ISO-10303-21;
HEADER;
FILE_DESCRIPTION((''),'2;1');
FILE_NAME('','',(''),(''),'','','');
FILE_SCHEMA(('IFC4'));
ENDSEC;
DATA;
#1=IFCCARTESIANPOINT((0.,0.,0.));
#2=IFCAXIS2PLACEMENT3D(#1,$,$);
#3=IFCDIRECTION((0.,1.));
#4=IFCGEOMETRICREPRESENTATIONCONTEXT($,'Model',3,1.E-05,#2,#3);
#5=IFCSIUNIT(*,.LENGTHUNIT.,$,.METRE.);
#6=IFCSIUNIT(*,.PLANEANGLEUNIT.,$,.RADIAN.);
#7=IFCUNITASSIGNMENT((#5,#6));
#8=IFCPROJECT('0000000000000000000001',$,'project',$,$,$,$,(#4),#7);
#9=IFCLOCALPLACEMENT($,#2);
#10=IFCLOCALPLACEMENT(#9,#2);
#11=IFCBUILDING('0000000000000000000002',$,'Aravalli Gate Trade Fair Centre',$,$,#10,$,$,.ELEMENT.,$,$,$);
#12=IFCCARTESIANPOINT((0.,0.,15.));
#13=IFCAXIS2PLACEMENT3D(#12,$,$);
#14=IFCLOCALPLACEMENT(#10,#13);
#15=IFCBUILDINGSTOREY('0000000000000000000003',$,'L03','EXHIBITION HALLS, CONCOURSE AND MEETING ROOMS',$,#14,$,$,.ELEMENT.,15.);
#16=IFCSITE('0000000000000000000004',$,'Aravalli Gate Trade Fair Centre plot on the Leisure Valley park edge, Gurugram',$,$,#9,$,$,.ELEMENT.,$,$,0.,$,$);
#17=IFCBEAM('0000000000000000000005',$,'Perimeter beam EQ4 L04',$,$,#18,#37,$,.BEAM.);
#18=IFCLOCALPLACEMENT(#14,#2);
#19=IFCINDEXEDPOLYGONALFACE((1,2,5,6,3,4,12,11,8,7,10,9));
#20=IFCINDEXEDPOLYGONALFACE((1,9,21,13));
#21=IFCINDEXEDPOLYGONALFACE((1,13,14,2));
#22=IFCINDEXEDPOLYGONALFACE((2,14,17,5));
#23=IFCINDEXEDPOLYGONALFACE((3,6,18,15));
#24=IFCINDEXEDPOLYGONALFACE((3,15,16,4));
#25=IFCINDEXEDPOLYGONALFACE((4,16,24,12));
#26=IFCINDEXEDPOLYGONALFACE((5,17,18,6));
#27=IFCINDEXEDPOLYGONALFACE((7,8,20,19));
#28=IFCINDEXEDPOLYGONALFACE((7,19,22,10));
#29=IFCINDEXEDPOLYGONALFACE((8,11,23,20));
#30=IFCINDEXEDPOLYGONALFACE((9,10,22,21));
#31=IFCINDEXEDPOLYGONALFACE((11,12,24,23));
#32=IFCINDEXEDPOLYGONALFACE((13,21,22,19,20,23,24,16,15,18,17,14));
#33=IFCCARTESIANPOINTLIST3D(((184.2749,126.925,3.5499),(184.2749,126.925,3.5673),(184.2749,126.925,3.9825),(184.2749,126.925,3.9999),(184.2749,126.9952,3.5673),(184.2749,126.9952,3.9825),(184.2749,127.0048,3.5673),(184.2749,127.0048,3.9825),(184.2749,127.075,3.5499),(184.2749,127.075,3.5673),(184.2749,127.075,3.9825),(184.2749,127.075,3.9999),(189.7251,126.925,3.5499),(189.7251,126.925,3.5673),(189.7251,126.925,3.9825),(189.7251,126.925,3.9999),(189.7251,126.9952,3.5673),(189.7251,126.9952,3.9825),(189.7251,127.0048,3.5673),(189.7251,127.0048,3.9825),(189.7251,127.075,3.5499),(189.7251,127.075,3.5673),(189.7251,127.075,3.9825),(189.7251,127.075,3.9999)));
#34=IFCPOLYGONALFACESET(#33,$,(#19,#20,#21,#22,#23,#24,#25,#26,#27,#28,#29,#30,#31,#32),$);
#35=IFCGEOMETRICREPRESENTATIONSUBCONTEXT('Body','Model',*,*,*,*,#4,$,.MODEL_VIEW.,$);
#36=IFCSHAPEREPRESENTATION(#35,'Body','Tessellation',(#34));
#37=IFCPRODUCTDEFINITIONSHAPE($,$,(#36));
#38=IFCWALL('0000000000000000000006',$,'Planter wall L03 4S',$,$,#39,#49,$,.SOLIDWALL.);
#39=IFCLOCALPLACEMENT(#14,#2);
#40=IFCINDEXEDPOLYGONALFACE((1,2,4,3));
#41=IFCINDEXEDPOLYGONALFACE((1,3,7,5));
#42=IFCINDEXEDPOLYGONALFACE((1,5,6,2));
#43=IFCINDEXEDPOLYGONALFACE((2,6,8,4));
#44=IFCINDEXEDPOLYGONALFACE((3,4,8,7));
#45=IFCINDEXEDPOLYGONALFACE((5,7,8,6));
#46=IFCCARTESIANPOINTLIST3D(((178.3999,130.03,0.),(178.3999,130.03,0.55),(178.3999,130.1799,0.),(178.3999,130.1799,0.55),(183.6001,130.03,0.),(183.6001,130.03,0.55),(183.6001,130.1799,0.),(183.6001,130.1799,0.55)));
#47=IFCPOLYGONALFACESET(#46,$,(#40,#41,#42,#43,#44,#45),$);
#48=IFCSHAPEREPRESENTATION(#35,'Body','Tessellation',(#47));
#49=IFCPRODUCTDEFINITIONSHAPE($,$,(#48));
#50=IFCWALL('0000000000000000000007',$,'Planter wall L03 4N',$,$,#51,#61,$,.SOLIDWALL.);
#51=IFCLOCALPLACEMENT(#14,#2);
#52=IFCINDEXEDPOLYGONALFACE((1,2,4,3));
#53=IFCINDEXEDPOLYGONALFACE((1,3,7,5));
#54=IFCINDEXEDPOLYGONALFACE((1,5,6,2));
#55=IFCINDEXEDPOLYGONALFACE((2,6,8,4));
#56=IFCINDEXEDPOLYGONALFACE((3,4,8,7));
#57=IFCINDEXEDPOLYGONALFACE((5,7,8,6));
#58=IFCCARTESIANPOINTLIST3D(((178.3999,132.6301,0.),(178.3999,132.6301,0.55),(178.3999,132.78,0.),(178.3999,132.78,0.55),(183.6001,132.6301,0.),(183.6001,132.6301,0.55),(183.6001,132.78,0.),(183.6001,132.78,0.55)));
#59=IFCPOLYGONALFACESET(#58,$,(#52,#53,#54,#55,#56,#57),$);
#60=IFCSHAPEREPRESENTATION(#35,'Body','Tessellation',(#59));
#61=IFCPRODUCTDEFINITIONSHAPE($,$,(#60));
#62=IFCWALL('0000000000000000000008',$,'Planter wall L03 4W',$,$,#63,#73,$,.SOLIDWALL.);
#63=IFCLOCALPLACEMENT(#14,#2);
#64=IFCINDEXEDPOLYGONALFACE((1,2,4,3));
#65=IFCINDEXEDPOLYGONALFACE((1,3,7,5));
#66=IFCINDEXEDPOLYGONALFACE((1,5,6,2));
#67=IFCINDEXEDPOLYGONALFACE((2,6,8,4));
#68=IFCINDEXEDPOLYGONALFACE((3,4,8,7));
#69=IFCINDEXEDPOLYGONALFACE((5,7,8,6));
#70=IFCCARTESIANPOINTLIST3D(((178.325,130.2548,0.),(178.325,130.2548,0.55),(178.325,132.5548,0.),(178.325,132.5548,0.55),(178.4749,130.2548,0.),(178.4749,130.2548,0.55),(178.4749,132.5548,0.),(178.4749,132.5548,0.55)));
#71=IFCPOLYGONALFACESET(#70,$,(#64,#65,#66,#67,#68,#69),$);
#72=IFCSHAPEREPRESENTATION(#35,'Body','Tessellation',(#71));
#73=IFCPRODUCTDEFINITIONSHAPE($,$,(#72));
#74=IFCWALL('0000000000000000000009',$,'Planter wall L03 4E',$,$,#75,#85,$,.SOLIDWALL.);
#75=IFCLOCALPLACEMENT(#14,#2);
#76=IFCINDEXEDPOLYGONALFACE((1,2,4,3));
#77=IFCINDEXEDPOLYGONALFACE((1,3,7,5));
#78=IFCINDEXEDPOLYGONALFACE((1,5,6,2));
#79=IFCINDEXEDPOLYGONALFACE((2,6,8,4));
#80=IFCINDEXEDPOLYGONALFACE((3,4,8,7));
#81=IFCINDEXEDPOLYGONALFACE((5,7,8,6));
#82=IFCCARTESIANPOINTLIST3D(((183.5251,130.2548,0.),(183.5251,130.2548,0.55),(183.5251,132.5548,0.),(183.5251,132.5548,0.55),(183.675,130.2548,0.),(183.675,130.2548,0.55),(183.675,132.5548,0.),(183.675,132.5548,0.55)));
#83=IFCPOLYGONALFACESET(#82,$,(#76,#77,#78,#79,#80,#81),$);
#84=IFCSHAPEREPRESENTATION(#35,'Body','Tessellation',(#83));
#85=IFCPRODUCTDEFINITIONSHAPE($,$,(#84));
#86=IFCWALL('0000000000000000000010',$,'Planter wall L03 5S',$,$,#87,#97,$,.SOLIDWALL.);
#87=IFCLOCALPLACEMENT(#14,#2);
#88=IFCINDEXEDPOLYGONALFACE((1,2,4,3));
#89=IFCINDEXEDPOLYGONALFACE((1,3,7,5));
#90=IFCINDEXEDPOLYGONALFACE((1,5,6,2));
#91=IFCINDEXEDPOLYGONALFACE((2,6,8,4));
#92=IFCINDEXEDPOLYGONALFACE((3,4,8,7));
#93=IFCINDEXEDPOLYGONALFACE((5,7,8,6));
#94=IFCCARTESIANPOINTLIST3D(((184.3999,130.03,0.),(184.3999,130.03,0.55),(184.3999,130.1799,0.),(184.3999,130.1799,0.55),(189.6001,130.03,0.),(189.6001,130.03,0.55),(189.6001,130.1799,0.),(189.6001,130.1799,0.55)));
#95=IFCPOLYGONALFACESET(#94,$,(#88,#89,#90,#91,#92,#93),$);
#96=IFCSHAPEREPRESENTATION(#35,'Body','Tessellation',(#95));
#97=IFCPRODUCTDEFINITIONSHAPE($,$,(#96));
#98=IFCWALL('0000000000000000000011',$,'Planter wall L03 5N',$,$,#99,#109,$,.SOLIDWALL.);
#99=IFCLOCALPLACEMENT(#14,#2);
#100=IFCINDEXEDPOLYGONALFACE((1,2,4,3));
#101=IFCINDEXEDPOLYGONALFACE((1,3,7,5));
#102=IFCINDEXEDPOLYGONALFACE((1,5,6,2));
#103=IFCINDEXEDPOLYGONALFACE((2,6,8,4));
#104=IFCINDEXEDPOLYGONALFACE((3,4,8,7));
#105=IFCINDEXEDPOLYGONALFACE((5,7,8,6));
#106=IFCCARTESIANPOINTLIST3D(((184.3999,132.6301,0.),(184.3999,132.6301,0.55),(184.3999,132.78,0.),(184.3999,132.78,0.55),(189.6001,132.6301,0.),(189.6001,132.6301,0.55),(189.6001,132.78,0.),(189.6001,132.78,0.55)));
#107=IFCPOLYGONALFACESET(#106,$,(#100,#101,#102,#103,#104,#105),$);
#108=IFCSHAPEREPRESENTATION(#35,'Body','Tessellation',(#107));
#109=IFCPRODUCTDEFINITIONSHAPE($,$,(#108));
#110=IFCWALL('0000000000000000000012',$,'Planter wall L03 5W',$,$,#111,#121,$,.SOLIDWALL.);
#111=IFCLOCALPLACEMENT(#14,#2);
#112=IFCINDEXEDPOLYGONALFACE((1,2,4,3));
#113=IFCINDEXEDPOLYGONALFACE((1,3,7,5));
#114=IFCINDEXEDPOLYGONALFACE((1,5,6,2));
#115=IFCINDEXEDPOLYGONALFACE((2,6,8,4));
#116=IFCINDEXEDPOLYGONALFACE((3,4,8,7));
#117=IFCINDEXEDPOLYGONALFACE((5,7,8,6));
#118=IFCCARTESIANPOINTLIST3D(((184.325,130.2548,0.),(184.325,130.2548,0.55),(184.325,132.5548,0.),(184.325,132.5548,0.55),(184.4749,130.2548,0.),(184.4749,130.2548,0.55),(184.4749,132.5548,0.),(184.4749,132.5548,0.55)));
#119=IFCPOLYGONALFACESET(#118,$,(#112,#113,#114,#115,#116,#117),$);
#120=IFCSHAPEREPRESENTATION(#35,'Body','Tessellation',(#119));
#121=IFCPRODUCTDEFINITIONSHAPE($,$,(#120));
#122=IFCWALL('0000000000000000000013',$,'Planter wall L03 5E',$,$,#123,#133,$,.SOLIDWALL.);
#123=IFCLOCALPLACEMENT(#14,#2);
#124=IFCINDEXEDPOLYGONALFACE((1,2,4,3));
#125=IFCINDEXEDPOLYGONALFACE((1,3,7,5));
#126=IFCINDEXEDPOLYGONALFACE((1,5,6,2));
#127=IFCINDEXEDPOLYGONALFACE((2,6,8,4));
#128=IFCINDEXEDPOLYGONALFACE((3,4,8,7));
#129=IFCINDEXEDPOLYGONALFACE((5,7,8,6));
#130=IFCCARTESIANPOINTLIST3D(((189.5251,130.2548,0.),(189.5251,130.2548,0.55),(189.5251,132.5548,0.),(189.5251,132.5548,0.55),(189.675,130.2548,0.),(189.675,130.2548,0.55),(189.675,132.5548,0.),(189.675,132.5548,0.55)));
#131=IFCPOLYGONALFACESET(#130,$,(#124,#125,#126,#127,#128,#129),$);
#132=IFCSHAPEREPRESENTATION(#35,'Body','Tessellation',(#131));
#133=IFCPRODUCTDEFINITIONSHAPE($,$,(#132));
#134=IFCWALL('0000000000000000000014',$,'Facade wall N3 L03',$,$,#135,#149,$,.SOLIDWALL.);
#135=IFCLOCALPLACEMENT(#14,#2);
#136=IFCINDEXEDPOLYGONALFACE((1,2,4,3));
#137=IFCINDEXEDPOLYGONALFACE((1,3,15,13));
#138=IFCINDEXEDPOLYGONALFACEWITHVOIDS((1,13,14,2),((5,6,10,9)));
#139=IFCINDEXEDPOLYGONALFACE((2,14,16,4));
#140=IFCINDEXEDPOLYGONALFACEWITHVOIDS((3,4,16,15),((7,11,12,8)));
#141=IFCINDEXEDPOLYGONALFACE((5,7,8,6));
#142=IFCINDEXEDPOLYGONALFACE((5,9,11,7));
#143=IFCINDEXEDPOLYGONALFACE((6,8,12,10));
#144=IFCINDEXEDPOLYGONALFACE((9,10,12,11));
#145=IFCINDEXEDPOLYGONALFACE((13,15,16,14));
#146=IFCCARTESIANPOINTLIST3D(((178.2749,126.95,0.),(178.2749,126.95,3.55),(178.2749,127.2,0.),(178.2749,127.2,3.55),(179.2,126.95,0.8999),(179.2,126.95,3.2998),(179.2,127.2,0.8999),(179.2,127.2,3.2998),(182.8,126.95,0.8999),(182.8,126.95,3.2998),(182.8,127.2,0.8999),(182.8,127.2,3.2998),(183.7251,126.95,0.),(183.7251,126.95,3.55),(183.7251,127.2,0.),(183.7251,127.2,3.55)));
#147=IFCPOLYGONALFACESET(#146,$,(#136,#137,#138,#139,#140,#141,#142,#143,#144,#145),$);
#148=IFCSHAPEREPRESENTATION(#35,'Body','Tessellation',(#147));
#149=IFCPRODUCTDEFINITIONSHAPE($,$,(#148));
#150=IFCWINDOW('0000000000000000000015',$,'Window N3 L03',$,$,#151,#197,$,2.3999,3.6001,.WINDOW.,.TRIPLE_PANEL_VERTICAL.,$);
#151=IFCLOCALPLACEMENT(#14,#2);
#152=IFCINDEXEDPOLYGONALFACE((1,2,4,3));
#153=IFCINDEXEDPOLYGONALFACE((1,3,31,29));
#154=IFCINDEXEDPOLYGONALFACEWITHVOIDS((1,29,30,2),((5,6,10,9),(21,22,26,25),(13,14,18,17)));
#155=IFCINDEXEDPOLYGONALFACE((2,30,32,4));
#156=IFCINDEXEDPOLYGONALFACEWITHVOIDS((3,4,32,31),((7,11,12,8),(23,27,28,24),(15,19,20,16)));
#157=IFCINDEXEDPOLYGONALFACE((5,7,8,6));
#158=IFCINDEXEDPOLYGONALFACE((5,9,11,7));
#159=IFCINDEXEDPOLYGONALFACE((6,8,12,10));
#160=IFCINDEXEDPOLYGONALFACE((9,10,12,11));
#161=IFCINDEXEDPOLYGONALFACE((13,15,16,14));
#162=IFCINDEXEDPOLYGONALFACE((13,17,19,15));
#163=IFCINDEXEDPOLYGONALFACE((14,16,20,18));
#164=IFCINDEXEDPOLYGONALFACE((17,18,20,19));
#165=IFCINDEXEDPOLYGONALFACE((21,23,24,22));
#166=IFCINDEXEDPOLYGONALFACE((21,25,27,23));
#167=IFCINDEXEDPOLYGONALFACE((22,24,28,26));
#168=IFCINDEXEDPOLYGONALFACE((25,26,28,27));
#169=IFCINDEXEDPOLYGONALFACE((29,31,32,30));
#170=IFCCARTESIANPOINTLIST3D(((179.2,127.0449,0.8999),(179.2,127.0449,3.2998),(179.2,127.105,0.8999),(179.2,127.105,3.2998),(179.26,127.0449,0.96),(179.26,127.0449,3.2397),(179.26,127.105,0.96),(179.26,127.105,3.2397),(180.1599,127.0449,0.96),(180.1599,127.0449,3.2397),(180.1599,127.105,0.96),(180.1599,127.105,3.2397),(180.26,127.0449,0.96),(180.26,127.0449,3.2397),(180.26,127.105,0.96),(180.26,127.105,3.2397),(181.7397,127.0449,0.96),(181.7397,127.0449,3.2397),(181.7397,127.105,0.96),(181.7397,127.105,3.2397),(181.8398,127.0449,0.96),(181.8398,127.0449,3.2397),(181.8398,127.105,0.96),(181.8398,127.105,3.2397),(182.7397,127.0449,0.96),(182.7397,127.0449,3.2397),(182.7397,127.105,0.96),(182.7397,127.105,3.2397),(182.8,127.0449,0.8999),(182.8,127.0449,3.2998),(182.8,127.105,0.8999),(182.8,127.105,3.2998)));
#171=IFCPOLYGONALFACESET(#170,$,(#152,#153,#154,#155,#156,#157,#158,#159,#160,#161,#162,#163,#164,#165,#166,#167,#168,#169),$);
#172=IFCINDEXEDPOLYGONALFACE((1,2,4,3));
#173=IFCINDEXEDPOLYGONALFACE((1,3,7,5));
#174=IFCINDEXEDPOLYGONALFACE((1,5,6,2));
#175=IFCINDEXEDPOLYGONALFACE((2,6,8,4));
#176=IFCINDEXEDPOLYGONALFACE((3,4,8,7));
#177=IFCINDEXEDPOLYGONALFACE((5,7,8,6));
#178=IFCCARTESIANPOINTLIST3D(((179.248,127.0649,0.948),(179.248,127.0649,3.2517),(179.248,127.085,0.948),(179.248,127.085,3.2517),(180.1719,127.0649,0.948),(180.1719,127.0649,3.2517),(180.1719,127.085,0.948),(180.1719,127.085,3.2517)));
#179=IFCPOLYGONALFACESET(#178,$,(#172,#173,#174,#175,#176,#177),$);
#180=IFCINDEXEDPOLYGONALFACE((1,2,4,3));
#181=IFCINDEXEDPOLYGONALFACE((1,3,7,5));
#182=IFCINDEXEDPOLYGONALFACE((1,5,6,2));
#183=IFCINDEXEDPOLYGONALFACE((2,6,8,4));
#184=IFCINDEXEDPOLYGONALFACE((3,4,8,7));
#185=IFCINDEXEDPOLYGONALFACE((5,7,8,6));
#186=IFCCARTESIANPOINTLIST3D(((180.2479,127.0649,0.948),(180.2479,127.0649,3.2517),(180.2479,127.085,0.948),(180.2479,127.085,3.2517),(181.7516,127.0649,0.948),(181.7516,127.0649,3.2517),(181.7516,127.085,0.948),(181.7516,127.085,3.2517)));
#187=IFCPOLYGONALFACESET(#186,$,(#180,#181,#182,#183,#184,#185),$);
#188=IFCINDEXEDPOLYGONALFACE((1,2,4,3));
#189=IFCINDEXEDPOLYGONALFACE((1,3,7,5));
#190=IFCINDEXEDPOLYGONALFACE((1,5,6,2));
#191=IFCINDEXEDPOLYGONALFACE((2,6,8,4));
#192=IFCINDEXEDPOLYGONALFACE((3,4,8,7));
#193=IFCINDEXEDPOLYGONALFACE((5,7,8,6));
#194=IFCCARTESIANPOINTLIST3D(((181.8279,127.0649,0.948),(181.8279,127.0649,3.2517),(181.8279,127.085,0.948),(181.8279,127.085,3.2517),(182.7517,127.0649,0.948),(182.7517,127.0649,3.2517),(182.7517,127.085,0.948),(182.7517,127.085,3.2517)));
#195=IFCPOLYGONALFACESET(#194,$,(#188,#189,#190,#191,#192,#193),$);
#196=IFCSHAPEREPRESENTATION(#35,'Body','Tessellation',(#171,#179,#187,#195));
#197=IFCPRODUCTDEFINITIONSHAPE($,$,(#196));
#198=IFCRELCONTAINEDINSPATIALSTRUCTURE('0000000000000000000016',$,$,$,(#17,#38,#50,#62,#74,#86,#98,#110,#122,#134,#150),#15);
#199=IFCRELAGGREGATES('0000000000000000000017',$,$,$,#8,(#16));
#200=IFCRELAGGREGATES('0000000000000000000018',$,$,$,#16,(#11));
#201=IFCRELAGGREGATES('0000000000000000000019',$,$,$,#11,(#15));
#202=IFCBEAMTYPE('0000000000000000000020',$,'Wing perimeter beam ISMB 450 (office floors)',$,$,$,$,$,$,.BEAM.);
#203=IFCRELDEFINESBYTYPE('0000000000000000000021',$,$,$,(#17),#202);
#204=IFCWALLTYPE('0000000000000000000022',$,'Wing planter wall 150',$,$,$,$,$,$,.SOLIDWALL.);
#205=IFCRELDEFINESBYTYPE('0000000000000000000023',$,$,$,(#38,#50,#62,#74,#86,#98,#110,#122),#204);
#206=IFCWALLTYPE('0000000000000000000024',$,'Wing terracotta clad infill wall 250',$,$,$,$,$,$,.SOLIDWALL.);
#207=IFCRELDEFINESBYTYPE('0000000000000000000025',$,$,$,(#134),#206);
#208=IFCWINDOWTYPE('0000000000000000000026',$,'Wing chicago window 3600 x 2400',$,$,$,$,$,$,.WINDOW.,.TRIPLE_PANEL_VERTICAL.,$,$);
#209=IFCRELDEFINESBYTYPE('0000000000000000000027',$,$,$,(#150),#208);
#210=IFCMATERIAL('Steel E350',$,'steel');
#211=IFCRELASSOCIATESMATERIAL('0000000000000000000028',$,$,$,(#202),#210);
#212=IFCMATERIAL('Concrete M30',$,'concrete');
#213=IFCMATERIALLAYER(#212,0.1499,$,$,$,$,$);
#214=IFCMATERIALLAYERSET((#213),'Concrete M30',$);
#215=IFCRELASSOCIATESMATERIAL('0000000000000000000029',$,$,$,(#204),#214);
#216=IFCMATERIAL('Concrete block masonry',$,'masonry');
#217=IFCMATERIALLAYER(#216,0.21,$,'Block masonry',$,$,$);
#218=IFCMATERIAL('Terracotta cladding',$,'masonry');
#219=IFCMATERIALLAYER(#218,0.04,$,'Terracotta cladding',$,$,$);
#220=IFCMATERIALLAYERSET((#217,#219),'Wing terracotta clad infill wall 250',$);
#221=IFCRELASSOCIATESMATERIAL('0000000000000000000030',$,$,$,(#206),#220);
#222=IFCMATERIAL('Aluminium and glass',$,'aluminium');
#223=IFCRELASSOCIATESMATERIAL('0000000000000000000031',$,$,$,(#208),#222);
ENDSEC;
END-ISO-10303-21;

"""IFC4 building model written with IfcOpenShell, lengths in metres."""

from ifc_helpers import new_model, si_unit, direction, frame, frame_2d, origin, origin_2d, place, context, subcontext, project, spatial, polyline, rectangle, i_section, outline, extrude, material, layer, layer_set, material_profile, profile_set, type_object, element, fill, save


model = new_model("IFC4")

# Units and contexts
model_context = context("Model", 3, precision=1e-05, world=origin(), true_north=direction((0.0, 1.0)))
body_context = subcontext(model_context, "Body", "Model", "MODEL_VIEW")
ifc_project = project(units=[si_unit("LENGTHUNIT", "METRE"), si_unit("PLANEANGLEUNIT", "RADIAN")], contexts=[model_context])

# Site, building, storey
site_placement = place(None, origin())
site = spatial("IfcSite", under=ifc_project, at=site_placement, Name="Aravalli Gate Trade Fair Centre plot on the Leisure Valley park edge, Gurugram", CompositionType="ELEMENT", RefElevation=0.0)
building_placement = place(site_placement, origin())
building = spatial("IfcBuilding", under=site, at=building_placement, Name="Aravalli Gate Trade Fair Centre", CompositionType="ELEMENT")
storey_placement = place(building_placement, frame((0.0, 0.0, 15.0)))
storey = spatial("IfcBuildingStorey", under=building, at=storey_placement, Name="L03", Description="EXHIBITION HALLS, CONCOURSE AND MEETING ROOMS", CompositionType="ELEMENT", Elevation=15.0)

# Beam
ifc_material_1 = material(Name="Steel E350", Category="steel")
ifc_material_profile = material_profile(ifc_material_1, i_section(OverallWidth=0.1499, OverallDepth=0.45, WebThickness=0.0095, FlangeThickness=0.0173, at=origin_2d()), Name="ISMB 450")
ifc_profile_set = profile_set([ifc_material_profile], Name="Steel E350")
beam_type = type_object("IfcBeamType", Name="Wing perimeter beam ISMB 450 (office floors)", PredefinedType="BEAM", material=ifc_profile_set)
beam_placement = place(storey_placement, frame((184.2749, 127.0, 3.7749), z_axis=(1.0, 0.0, 0.0), x_axis=(0.0, 1.0, 0.0)))
element("IfcBeam", 1, at=beam_placement, inside=storey, type_object=beam_type, Name="Perimeter beam EQ4 L04", PredefinedType="BEAM", context=body_context, shape_type="SweptSolid", body=[
    extrude(i_section(OverallWidth=0.1499, OverallDepth=0.45, WebThickness=0.0095, FlangeThickness=0.0173, at=origin_2d()), origin(), (0.0, 0.0, 1.0), 5.4502),
])

# Walls
ifc_material_2 = material(Name="Concrete M30", Category="concrete")
ifc_layer_1 = layer(ifc_material_2, 0.1499)
ifc_layer_set_1 = layer_set([ifc_layer_1], Name="Concrete M30")
wall_type_1 = type_object("IfcWallType", Name="Wing planter wall 150", PredefinedType="SOLIDWALL", material=ifc_layer_set_1)
for number, where, z_axis, x_axis, name in (
    (2, (178.3999, 130.105, 0.0), (0.0, 0.0, 1.0), (1.0, 0.0, 0.0), "Planter wall L03 4S"),
    (3, (178.3999, 132.7051, 0.0), (0.0, 0.0, 1.0), (1.0, 0.0, 0.0), "Planter wall L03 4N"),
):
    element("IfcWall", number, at=place(storey_placement, frame(where, z_axis=z_axis, x_axis=x_axis)), inside=storey, type_object=wall_type_1, Name=name, PredefinedType="SOLIDWALL", context=body_context, shape_type="SweptSolid", body=[
        extrude(rectangle(XDim=5.2002, YDim=0.1499, at=frame_2d((2.6001, 0.0))), origin(), (0.0, 0.0, 1.0), 0.55),
    ])
for number, where, z_axis, x_axis, name in (
    (4, (178.3999, 130.2549, 0.0), (0.0, 0.0, 1.0), (0.0, 1.0, 0.0), "Planter wall L03 4W"),
    (5, (183.6001, 130.2549, 0.0), (0.0, 0.0, 1.0), (0.0, 1.0, 0.0), "Planter wall L03 4E"),
):
    element("IfcWall", number, at=place(storey_placement, frame(where, z_axis=z_axis, x_axis=x_axis)), inside=storey, type_object=wall_type_1, Name=name, PredefinedType="SOLIDWALL", context=body_context, shape_type="SweptSolid", body=[
        extrude(rectangle(XDim=2.3, YDim=0.1499, at=frame_2d((1.1499, 0.0))), origin(), (0.0, 0.0, 1.0), 0.55),
    ])
for number, where, z_axis, x_axis, name in (
    (6, (184.3999, 130.105, 0.0), (0.0, 0.0, 1.0), (1.0, 0.0, 0.0), "Planter wall L03 5S"),
    (7, (184.3999, 132.7051, 0.0), (0.0, 0.0, 1.0), (1.0, 0.0, 0.0), "Planter wall L03 5N"),
):
    element("IfcWall", number, at=place(storey_placement, frame(where, z_axis=z_axis, x_axis=x_axis)), inside=storey, type_object=wall_type_1, Name=name, PredefinedType="SOLIDWALL", context=body_context, shape_type="SweptSolid", body=[
        extrude(rectangle(XDim=5.2002, YDim=0.1499, at=frame_2d((2.6001, 0.0))), origin(), (0.0, 0.0, 1.0), 0.55),
    ])
for number, where, z_axis, x_axis, name in (
    (8, (184.3999, 130.2549, 0.0), (0.0, 0.0, 1.0), (0.0, 1.0, 0.0), "Planter wall L03 5W"),
    (9, (189.6001, 130.2549, 0.0), (0.0, 0.0, 1.0), (0.0, 1.0, 0.0), "Planter wall L03 5E"),
):
    element("IfcWall", number, at=place(storey_placement, frame(where, z_axis=z_axis, x_axis=x_axis)), inside=storey, type_object=wall_type_1, Name=name, PredefinedType="SOLIDWALL", context=body_context, shape_type="SweptSolid", body=[
        extrude(rectangle(XDim=2.3, YDim=0.1499, at=frame_2d((1.1499, 0.0))), origin(), (0.0, 0.0, 1.0), 0.55),
    ])

# Wall, opening, window
ifc_material_3 = material(Name="Concrete block masonry", Category="masonry")
ifc_layer_2 = layer(ifc_material_3, 0.21, Name="Block masonry")
ifc_material_4 = material(Name="Terracotta cladding", Category="masonry")
ifc_layer_3 = layer(ifc_material_4, 0.04, Name="Terracotta cladding")
ifc_layer_set_2 = layer_set([ifc_layer_2, ifc_layer_3], Name="Wing terracotta clad infill wall 250")
wall_type_2 = type_object("IfcWallType", Name="Wing terracotta clad infill wall 250", PredefinedType="SOLIDWALL", material=ifc_layer_set_2)
wall_1_placement = place(storey_placement, frame((178.2749, 127.075, 0.0), z_axis=(0.0, 0.0, 1.0), x_axis=(1.0, 0.0, 0.0)))
wall_1 = element("IfcWall", 10, at=wall_1_placement, inside=storey, type_object=wall_type_2, Name="Facade wall N3 L03", PredefinedType="SOLIDWALL", context=body_context, shape_type="SweptSolid", body=[
    extrude(rectangle(XDim=5.4502, YDim=0.25, at=frame_2d((2.7251, 0.0))), origin(), (0.0, 0.0, 1.0), 3.55),
])
opening_1_placement = place(wall_1_placement, frame((0.925, 0.0, 0.8999)))
opening_1 = element("IfcOpeningElement", 11, at=opening_1_placement, cuts=wall_1, PredefinedType="OPENING", context=body_context, shape_type="SweptSolid", body=[
    extrude(rectangle(XDim=3.6001, YDim=2.3999, at=frame_2d((1.8, 1.2))), frame((0.0, 0.135, 0.0), z_axis=(0.0, -1.0, 0.0), x_axis=(1.0, 0.0, 0.0)), (0.0, 0.0, 1.0), 0.27),
])
ifc_material_5 = material(Name="Aluminium and glass", Category="aluminium")
window_type = type_object("IfcWindowType", Name="Wing chicago window 3600 x 2400", PartitioningType="TRIPLE_PANEL_VERTICAL", PredefinedType="WINDOW", material=ifc_material_5)
window_1_placement = place(opening_1_placement, origin())
window_1 = element("IfcWindow", 12, at=window_1_placement, inside=storey, type_object=window_type, Name="Window N3 L03", OverallHeight=2.3999, OverallWidth=3.6001, PartitioningType="TRIPLE_PANEL_VERTICAL", PredefinedType="WINDOW", context=body_context, shape_type="SweptSolid", body=[
    extrude(outline(polyline([(0.0, 0.0), (3.6001, 0.0), (3.6001, 2.3999), (0.0, 2.3999), (0.0, 0.0)]), holes=[polyline([(0.0601, 0.0601), (0.96, 0.0601), (0.96, 2.3398), (0.0601, 2.3398), (0.0601, 0.0601)]), polyline([(1.0601, 0.0601), (2.5398, 0.0601), (2.5398, 2.3398), (1.0601, 2.3398), (1.0601, 0.0601)]), polyline([(2.6399, 0.0601), (3.5398, 0.0601), (3.5398, 2.3398), (2.6399, 2.3398), (2.6399, 0.0601)])]), frame((0.0, 0.03, 0.0), z_axis=(0.0, -1.0, 0.0), x_axis=(1.0, 0.0, 0.0)), (0.0, 0.0, 1.0), 0.0601),
    extrude(rectangle(XDim=0.9238, YDim=2.3037, at=frame_2d((0.51, 1.2))), frame((0.0, 0.01, 0.0), z_axis=(0.0, -1.0, 0.0), x_axis=(1.0, 0.0, 0.0)), (0.0, 0.0, 1.0), 0.02),
    extrude(rectangle(XDim=1.5037, YDim=2.3037, at=frame_2d((1.7998, 1.2))), frame((0.0, 0.01, 0.0), z_axis=(0.0, -1.0, 0.0), x_axis=(1.0, 0.0, 0.0)), (0.0, 0.0, 1.0), 0.02),
    extrude(rectangle(XDim=0.9238, YDim=2.3037, at=frame_2d((3.0898, 1.2))), frame((0.0, 0.01, 0.0), z_axis=(0.0, -1.0, 0.0), x_axis=(1.0, 0.0, 0.0)), (0.0, 0.0, 1.0), 0.02),
])
fill(opening_1, window_1)

save(model, "model.ifc")
